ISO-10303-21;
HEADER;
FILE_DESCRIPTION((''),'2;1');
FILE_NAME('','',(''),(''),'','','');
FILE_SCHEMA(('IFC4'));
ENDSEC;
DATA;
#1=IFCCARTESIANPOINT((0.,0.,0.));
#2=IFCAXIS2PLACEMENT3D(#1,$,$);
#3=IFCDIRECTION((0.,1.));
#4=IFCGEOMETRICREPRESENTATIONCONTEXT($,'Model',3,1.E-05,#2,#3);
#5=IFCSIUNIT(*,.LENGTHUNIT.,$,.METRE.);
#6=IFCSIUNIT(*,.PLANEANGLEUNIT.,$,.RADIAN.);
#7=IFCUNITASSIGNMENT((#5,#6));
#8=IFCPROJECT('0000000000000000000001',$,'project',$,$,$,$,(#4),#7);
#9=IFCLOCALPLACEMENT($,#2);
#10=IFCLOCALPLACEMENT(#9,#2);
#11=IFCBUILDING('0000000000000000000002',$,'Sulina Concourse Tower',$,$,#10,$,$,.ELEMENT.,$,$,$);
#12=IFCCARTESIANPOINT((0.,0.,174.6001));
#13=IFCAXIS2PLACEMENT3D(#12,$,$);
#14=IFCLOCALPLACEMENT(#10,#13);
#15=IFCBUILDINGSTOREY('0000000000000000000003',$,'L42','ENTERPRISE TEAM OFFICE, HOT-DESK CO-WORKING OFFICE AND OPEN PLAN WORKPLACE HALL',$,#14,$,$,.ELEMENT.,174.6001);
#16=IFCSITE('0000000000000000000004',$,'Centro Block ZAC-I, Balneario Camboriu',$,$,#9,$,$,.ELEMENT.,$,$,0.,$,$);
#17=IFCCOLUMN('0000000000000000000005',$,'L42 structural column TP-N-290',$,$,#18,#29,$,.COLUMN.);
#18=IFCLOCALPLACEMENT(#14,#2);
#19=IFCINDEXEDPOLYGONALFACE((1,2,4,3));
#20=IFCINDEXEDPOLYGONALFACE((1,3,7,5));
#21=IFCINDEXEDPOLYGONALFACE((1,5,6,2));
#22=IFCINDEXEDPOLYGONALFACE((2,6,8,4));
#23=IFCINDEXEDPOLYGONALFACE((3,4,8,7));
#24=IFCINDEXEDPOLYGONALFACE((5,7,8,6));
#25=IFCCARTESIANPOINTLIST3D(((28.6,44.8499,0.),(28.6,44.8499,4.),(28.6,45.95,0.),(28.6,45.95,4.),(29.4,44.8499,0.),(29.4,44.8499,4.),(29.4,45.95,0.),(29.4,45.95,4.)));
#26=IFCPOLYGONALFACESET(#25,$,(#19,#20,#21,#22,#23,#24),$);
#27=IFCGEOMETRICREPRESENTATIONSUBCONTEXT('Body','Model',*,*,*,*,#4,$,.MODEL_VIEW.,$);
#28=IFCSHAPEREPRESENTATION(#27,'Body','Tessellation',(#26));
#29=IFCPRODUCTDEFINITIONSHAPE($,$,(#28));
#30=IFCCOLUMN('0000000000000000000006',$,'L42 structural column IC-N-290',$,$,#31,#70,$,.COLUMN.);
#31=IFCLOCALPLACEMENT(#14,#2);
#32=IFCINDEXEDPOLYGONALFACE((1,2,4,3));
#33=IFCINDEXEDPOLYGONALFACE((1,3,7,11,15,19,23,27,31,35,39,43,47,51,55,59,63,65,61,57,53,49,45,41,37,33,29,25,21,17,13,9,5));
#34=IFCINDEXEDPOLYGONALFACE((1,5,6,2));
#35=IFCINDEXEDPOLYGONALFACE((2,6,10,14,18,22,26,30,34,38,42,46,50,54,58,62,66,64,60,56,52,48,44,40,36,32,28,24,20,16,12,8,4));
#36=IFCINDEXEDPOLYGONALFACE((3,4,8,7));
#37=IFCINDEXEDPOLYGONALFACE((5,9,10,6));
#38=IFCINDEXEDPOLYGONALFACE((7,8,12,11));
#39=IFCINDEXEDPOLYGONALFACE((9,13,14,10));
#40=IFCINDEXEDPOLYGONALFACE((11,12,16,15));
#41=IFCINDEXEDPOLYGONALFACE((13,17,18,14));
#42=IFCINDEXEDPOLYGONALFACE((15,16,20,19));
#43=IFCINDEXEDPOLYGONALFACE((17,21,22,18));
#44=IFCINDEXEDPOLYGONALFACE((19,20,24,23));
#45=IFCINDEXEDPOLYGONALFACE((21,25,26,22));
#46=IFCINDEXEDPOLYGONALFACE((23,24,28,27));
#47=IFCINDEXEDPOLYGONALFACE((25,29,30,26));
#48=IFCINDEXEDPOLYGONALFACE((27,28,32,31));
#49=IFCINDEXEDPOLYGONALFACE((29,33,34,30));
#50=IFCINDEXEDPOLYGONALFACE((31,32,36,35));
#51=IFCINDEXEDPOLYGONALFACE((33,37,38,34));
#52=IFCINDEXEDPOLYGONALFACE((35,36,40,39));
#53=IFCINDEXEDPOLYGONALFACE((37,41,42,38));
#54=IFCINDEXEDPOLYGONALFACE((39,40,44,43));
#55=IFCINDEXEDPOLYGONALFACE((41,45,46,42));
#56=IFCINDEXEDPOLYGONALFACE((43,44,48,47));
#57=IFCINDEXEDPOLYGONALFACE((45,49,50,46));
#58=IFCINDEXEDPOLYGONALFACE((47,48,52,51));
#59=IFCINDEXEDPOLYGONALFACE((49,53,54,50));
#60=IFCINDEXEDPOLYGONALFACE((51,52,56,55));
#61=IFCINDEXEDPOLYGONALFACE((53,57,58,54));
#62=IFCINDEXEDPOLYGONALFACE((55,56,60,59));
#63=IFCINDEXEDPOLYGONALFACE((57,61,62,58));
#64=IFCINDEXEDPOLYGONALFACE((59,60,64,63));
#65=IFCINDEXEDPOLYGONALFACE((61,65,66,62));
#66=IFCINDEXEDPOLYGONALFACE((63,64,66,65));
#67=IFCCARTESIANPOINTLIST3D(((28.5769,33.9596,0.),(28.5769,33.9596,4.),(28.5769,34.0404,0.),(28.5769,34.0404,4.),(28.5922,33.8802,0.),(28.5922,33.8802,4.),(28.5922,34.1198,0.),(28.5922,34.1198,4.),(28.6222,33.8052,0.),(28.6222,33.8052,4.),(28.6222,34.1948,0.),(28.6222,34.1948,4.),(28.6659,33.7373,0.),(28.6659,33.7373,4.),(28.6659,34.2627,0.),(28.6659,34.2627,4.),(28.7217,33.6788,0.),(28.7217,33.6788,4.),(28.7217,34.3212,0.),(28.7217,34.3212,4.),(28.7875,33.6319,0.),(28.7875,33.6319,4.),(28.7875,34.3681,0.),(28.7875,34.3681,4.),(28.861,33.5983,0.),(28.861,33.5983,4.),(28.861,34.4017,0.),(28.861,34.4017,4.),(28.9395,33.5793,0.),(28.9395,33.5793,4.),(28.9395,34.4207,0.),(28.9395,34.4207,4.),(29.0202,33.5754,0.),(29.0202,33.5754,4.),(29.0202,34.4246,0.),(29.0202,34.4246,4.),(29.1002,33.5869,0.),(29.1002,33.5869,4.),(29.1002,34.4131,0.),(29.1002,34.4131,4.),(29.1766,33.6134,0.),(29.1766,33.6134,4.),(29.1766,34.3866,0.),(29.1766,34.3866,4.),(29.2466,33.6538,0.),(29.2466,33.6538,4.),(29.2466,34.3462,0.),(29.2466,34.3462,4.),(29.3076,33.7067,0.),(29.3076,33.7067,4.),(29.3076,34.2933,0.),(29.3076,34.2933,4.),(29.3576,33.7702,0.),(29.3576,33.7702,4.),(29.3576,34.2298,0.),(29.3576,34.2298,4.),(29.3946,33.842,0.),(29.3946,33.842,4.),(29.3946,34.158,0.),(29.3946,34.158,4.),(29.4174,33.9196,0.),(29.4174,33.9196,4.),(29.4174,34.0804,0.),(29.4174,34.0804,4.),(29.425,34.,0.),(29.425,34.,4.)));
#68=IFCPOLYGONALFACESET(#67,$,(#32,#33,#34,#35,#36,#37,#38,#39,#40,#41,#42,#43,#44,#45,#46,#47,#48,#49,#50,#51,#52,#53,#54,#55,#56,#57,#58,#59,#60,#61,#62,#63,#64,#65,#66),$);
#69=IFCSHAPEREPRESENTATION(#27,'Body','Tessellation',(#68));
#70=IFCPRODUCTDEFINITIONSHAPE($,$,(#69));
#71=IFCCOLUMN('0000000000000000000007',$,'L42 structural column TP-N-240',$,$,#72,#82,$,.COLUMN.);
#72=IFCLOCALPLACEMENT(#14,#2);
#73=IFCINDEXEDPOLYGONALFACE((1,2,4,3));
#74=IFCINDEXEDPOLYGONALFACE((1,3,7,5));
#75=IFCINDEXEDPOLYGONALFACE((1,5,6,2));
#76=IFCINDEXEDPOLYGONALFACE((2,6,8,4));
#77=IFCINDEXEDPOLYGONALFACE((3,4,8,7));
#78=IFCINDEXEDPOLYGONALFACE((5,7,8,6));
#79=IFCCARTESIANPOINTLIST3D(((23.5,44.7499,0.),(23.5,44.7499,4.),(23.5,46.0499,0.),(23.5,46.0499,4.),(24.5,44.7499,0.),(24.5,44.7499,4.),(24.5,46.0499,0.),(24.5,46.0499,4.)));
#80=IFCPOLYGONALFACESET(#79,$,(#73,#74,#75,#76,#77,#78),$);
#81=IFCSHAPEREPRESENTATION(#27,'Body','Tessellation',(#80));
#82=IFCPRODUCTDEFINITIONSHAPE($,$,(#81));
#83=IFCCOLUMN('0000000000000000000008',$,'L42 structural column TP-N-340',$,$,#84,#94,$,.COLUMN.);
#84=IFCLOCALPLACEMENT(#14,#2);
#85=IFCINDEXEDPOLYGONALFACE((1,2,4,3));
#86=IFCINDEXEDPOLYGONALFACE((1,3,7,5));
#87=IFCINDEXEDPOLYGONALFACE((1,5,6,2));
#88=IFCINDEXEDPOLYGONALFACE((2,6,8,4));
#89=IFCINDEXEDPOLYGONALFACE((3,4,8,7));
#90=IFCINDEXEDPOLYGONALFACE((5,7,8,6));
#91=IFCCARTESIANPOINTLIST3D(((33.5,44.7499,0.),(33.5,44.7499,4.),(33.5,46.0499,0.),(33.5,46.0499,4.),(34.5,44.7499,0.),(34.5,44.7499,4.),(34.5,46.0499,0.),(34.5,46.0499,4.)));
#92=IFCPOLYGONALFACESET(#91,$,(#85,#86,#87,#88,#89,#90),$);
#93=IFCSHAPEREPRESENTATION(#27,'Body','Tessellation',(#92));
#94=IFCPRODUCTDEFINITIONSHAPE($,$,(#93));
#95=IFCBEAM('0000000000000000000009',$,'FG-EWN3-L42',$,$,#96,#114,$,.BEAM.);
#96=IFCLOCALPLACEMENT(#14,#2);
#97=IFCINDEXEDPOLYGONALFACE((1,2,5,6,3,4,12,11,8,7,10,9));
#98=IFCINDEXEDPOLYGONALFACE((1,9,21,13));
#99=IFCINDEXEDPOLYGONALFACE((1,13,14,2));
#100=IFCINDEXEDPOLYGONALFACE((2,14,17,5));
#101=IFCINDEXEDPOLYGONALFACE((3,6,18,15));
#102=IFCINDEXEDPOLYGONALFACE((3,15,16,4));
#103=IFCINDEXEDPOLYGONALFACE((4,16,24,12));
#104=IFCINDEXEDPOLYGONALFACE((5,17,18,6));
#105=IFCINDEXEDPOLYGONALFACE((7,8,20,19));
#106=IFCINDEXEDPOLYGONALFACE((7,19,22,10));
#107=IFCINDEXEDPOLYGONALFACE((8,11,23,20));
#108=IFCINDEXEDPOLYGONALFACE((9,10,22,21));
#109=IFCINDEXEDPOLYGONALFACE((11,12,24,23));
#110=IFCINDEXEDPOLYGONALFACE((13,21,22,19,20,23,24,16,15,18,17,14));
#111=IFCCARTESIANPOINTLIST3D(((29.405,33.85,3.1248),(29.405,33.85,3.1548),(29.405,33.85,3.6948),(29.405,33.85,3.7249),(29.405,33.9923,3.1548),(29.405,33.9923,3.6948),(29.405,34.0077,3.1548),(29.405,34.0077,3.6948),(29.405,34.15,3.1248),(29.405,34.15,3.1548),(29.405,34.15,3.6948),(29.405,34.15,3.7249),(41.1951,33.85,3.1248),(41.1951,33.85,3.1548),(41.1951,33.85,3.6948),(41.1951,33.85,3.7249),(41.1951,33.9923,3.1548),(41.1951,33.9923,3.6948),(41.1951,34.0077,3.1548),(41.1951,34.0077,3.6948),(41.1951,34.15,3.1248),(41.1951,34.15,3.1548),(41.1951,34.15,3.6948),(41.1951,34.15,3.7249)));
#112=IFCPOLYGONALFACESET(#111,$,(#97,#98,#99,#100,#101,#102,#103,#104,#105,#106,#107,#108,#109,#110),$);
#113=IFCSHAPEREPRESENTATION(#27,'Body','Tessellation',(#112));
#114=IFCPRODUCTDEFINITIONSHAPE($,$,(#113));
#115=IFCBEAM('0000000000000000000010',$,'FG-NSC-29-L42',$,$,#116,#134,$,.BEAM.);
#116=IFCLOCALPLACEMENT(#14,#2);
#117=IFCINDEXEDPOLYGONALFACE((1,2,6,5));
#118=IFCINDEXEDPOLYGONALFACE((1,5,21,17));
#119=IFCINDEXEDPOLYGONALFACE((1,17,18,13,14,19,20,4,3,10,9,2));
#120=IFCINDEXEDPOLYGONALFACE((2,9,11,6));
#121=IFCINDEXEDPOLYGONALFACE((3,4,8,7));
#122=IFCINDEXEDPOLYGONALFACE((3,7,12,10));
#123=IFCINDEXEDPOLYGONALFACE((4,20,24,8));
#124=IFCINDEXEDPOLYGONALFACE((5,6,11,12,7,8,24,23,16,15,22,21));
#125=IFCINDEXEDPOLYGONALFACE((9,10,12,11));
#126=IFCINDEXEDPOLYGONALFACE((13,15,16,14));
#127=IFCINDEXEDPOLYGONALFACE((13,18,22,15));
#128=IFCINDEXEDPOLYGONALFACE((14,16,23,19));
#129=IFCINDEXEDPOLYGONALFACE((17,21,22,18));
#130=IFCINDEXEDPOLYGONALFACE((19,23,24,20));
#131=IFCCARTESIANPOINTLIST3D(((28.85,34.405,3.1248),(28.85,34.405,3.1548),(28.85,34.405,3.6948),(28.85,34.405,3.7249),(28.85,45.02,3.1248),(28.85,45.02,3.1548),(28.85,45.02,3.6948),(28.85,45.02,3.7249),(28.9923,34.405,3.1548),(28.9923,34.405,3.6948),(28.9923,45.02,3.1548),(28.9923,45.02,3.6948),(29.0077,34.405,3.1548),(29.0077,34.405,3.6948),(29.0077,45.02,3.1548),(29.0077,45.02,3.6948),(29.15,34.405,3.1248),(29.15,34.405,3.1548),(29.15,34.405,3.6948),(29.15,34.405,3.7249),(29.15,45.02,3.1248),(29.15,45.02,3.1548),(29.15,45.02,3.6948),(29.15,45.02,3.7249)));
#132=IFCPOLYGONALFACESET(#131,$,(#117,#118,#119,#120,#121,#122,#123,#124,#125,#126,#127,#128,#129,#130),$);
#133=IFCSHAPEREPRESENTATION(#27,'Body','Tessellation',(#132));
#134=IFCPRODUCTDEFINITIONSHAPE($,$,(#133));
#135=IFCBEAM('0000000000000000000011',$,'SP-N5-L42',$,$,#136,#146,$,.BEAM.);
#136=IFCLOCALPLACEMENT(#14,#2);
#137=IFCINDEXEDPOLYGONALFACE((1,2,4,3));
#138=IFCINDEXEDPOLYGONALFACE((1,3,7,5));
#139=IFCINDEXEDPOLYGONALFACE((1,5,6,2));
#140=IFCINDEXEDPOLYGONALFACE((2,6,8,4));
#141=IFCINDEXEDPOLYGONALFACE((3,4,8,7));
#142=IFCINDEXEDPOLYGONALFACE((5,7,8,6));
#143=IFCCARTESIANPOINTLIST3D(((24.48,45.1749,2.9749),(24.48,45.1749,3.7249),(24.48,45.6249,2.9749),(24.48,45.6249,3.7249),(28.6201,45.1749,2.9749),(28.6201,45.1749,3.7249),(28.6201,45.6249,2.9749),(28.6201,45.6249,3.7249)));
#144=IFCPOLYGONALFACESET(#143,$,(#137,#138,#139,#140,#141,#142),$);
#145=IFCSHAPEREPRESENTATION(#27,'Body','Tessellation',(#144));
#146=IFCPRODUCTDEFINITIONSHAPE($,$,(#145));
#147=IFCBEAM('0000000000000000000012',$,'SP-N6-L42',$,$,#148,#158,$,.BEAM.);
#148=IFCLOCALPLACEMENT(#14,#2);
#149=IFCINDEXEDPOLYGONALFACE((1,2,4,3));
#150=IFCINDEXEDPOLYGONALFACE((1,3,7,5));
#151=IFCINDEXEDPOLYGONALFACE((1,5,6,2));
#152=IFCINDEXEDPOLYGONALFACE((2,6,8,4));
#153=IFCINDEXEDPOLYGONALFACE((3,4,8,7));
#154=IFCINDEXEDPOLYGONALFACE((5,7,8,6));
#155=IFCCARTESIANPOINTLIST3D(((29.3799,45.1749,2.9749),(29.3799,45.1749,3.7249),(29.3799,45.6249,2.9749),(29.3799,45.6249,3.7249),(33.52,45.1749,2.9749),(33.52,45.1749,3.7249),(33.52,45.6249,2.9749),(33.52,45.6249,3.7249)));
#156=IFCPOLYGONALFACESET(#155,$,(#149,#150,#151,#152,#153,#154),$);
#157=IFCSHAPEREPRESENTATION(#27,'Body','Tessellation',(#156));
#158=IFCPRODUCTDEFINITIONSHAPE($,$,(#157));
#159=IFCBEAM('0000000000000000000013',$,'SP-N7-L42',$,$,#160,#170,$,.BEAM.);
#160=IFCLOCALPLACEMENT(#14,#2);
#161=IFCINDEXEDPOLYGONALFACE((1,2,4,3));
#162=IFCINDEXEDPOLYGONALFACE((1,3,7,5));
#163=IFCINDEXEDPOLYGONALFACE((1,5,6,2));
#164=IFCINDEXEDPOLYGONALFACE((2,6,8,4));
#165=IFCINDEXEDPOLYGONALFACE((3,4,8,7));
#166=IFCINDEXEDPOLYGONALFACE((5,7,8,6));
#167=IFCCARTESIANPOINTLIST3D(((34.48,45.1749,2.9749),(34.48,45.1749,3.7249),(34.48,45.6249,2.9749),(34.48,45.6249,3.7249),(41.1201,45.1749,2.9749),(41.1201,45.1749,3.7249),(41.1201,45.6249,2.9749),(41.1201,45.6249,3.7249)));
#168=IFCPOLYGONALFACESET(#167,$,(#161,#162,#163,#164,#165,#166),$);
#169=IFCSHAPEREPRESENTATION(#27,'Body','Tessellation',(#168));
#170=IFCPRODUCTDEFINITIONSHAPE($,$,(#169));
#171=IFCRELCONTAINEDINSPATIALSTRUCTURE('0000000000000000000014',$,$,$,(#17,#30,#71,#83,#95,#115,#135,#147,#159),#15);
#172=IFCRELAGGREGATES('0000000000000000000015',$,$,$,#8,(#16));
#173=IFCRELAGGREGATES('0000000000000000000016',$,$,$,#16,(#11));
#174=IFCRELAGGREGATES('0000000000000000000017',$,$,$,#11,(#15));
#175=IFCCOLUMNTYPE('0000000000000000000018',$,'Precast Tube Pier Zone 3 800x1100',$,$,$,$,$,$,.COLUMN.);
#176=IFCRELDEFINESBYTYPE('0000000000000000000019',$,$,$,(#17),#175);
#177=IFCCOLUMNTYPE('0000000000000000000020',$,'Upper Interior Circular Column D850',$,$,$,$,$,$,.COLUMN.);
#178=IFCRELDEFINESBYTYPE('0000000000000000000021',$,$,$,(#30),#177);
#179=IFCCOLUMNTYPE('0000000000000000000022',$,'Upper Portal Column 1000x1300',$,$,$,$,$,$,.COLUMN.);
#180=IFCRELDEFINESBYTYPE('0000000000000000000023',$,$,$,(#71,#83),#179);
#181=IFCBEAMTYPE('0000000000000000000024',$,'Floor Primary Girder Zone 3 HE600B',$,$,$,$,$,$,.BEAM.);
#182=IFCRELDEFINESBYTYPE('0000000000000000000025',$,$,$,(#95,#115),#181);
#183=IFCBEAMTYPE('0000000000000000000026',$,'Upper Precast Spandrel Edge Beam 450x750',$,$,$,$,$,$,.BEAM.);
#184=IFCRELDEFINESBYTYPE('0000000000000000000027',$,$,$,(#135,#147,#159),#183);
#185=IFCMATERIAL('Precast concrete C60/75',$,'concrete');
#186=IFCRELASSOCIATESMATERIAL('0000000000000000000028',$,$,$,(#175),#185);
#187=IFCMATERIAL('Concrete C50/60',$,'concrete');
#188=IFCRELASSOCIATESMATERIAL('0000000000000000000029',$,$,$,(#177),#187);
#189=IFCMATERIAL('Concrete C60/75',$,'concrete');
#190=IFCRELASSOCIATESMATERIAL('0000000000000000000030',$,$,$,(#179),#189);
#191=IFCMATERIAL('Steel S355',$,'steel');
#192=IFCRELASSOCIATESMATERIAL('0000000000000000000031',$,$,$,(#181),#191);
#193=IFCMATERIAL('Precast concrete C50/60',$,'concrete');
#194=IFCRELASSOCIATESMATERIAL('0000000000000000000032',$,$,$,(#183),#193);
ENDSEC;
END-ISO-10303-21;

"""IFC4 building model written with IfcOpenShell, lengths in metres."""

from ifc_helpers import new_model, si_unit, direction, frame, origin, origin_2d, place, context, subcontext, project, spatial, rectangle, circle, i_section, extrude, material, material_profile, profile_set, type_object, element, save


model = new_model("IFC4")

# Units and contexts
model_context = context("Model", 3, precision=1e-05, world=origin(), true_north=direction((0.0, 1.0)))
body_context = subcontext(model_context, "Body", "Model", "MODEL_VIEW")
ifc_project = project(units=[si_unit("LENGTHUNIT", "METRE"), si_unit("PLANEANGLEUNIT", "RADIAN")], contexts=[model_context])

# Site, building, storey
site_placement = place(None, origin())
site = spatial("IfcSite", under=ifc_project, at=site_placement, Name="Centro Block ZAC-I, Balneario Camboriu", CompositionType="ELEMENT", RefElevation=0.0)
building_placement = place(site_placement, origin())
building = spatial("IfcBuilding", under=site, at=building_placement, Name="Sulina Concourse Tower", CompositionType="ELEMENT")
storey_placement = place(building_placement, frame((0.0, 0.0, 174.6001)))
storey = spatial("IfcBuildingStorey", under=building, at=storey_placement, Name="L42", Description="ENTERPRISE TEAM OFFICE, HOT-DESK CO-WORKING OFFICE AND OPEN PLAN WORKPLACE HALL", CompositionType="ELEMENT", Elevation=174.6001)

# Columns
ifc_material_1 = material(Name="Precast concrete C60/75", Category="concrete")
ifc_material_profile_1 = material_profile(ifc_material_1, rectangle(XDim=0.8, YDim=1.1001, at=origin_2d()), Name="PC 800x1100")
ifc_profile_set_1 = profile_set([ifc_material_profile_1], Name="Precast concrete C60/75")
column_type_1 = type_object("IfcColumnType", Name="Precast Tube Pier Zone 3 800x1100", PredefinedType="COLUMN", material=ifc_profile_set_1)
column_1_placement = place(storey_placement, frame((29.0, 45.3999, 0.0), z_axis=(0.0, 0.0, 1.0), x_axis=(1.0, 0.0, 0.0)))
element("IfcColumn", 1, at=column_1_placement, inside=storey, type_object=column_type_1, Name="L42 structural column TP-N-290", PredefinedType="COLUMN", context=body_context, shape_type="SweptSolid", body=[
    extrude(rectangle(XDim=0.8, YDim=1.1001, at=origin_2d()), origin(), (0.0, 0.0, 1.0), 4.0),
])
ifc_material_2 = material(Name="Concrete C50/60", Category="concrete")
ifc_material_profile_2 = material_profile(ifc_material_2, circle(Radius=0.425, at=origin_2d()), Name="RC D850")
ifc_profile_set_2 = profile_set([ifc_material_profile_2], Name="Concrete C50/60")
column_type_2 = type_object("IfcColumnType", Name="Upper Interior Circular Column D850", PredefinedType="COLUMN", material=ifc_profile_set_2)
column_2_placement = place(storey_placement, frame((29.0, 34.0, 0.0), z_axis=(0.0, 0.0, 1.0), x_axis=(1.0, 0.0, 0.0)))
element("IfcColumn", 2, at=column_2_placement, inside=storey, type_object=column_type_2, Name="L42 structural column IC-N-290", PredefinedType="COLUMN", context=body_context, shape_type="SweptSolid", body=[
    extrude(circle(Radius=0.425, at=origin_2d()), origin(), (0.0, 0.0, 1.0), 4.0),
])
ifc_material_3 = material(Name="Concrete C60/75", Category="concrete")
ifc_material_profile_3 = material_profile(ifc_material_3, rectangle(XDim=1.0, YDim=1.3, at=origin_2d()), Name="RC 1000x1300")
ifc_profile_set_3 = profile_set([ifc_material_profile_3], Name="Concrete C60/75")
column_type_3 = type_object("IfcColumnType", Name="Upper Portal Column 1000x1300", PredefinedType="COLUMN", material=ifc_profile_set_3)
for number, where, z_axis, x_axis, name in (
    (3, (24.0, 45.3999, 0.0), (0.0, 0.0, 1.0), (1.0, 0.0, 0.0), "L42 structural column TP-N-240"),
    (4, (34.0, 45.3999, 0.0), (0.0, 0.0, 1.0), (1.0, 0.0, 0.0), "L42 structural column TP-N-340"),
):
    element("IfcColumn", number, at=place(storey_placement, frame(where, z_axis=z_axis, x_axis=x_axis)), inside=storey, type_object=column_type_3, Name=name, PredefinedType="COLUMN", context=body_context, shape_type="SweptSolid", body=[
        extrude(rectangle(XDim=1.0, YDim=1.3, at=origin_2d()), origin(), (0.0, 0.0, 1.0), 4.0),
    ])

# Beams
ifc_material_4 = material(Name="Steel S355", Category="steel")
ifc_material_profile_4 = material_profile(ifc_material_4, i_section(OverallWidth=0.3, OverallDepth=0.6001, WebThickness=0.0154, FlangeThickness=0.03, at=origin_2d()), Name="HE 600 B")
ifc_profile_set_4 = profile_set([ifc_material_profile_4], Name="Steel S355")
beam_type_1 = type_object("IfcBeamType", Name="Floor Primary Girder Zone 3 HE600B", PredefinedType="BEAM", material=ifc_profile_set_4)
beam_1_placement = place(storey_placement, frame((29.405, 34.0, 3.4248), z_axis=(1.0, 0.0, 0.0), x_axis=(0.0, 1.0, 0.0)))
element("IfcBeam", 5, at=beam_1_placement, inside=storey, type_object=beam_type_1, Name="FG-EWN3-L42", PredefinedType="BEAM", context=body_context, shape_type="SweptSolid", body=[
    extrude(i_section(OverallWidth=0.3, OverallDepth=0.6001, WebThickness=0.0154, FlangeThickness=0.03, at=origin_2d()), origin(), (0.0, 0.0, 1.0), 11.79),
])
beam_2_placement = place(storey_placement, frame((29.0, 34.405, 3.4248), z_axis=(0.0, 1.0, 0.0), x_axis=(-1.0, 0.0, 0.0)))
element("IfcBeam", 6, at=beam_2_placement, inside=storey, type_object=beam_type_1, Name="FG-NSC-29-L42", PredefinedType="BEAM", context=body_context, shape_type="SweptSolid", body=[
    extrude(i_section(OverallWidth=0.3, OverallDepth=0.6001, WebThickness=0.0154, FlangeThickness=0.03, at=origin_2d()), origin(), (0.0, 0.0, 1.0), 10.615),
])
ifc_material_5 = material(Name="Precast concrete C50/60", Category="concrete")
ifc_material_profile_5 = material_profile(ifc_material_5, rectangle(XDim=0.45, YDim=0.75, at=origin_2d()), Name="RC 450x750")
ifc_profile_set_5 = profile_set([ifc_material_profile_5], Name="Precast concrete C50/60")
beam_type_2 = type_object("IfcBeamType", Name="Upper Precast Spandrel Edge Beam 450x750", PredefinedType="BEAM", material=ifc_profile_set_5)
for number, where, z_axis, x_axis, name in (
    (7, (24.48, 45.3999, 3.3499), (1.0, 0.0, 0.0), (0.0, 1.0, 0.0), "SP-N5-L42"),
    (8, (29.3799, 45.3999, 3.3499), (1.0, 0.0, 0.0), (0.0, 1.0, 0.0), "SP-N6-L42"),
):
    element("IfcBeam", number, at=place(storey_placement, frame(where, z_axis=z_axis, x_axis=x_axis)), inside=storey, type_object=beam_type_2, Name=name, PredefinedType="BEAM", context=body_context, shape_type="SweptSolid", body=[
        extrude(rectangle(XDim=0.45, YDim=0.75, at=origin_2d()), origin(), (0.0, 0.0, 1.0), 4.1401),
    ])
beam_3_placement = place(storey_placement, frame((34.48, 45.3999, 3.3499), z_axis=(1.0, 0.0, 0.0), x_axis=(0.0, 1.0, 0.0)))
element("IfcBeam", 9, at=beam_3_placement, inside=storey, type_object=beam_type_2, Name="SP-N7-L42", PredefinedType="BEAM", context=body_context, shape_type="SweptSolid", body=[
    extrude(rectangle(XDim=0.45, YDim=0.75, at=origin_2d()), origin(), (0.0, 0.0, 1.0), 6.6401),
])

save(model, "model.ifc")
